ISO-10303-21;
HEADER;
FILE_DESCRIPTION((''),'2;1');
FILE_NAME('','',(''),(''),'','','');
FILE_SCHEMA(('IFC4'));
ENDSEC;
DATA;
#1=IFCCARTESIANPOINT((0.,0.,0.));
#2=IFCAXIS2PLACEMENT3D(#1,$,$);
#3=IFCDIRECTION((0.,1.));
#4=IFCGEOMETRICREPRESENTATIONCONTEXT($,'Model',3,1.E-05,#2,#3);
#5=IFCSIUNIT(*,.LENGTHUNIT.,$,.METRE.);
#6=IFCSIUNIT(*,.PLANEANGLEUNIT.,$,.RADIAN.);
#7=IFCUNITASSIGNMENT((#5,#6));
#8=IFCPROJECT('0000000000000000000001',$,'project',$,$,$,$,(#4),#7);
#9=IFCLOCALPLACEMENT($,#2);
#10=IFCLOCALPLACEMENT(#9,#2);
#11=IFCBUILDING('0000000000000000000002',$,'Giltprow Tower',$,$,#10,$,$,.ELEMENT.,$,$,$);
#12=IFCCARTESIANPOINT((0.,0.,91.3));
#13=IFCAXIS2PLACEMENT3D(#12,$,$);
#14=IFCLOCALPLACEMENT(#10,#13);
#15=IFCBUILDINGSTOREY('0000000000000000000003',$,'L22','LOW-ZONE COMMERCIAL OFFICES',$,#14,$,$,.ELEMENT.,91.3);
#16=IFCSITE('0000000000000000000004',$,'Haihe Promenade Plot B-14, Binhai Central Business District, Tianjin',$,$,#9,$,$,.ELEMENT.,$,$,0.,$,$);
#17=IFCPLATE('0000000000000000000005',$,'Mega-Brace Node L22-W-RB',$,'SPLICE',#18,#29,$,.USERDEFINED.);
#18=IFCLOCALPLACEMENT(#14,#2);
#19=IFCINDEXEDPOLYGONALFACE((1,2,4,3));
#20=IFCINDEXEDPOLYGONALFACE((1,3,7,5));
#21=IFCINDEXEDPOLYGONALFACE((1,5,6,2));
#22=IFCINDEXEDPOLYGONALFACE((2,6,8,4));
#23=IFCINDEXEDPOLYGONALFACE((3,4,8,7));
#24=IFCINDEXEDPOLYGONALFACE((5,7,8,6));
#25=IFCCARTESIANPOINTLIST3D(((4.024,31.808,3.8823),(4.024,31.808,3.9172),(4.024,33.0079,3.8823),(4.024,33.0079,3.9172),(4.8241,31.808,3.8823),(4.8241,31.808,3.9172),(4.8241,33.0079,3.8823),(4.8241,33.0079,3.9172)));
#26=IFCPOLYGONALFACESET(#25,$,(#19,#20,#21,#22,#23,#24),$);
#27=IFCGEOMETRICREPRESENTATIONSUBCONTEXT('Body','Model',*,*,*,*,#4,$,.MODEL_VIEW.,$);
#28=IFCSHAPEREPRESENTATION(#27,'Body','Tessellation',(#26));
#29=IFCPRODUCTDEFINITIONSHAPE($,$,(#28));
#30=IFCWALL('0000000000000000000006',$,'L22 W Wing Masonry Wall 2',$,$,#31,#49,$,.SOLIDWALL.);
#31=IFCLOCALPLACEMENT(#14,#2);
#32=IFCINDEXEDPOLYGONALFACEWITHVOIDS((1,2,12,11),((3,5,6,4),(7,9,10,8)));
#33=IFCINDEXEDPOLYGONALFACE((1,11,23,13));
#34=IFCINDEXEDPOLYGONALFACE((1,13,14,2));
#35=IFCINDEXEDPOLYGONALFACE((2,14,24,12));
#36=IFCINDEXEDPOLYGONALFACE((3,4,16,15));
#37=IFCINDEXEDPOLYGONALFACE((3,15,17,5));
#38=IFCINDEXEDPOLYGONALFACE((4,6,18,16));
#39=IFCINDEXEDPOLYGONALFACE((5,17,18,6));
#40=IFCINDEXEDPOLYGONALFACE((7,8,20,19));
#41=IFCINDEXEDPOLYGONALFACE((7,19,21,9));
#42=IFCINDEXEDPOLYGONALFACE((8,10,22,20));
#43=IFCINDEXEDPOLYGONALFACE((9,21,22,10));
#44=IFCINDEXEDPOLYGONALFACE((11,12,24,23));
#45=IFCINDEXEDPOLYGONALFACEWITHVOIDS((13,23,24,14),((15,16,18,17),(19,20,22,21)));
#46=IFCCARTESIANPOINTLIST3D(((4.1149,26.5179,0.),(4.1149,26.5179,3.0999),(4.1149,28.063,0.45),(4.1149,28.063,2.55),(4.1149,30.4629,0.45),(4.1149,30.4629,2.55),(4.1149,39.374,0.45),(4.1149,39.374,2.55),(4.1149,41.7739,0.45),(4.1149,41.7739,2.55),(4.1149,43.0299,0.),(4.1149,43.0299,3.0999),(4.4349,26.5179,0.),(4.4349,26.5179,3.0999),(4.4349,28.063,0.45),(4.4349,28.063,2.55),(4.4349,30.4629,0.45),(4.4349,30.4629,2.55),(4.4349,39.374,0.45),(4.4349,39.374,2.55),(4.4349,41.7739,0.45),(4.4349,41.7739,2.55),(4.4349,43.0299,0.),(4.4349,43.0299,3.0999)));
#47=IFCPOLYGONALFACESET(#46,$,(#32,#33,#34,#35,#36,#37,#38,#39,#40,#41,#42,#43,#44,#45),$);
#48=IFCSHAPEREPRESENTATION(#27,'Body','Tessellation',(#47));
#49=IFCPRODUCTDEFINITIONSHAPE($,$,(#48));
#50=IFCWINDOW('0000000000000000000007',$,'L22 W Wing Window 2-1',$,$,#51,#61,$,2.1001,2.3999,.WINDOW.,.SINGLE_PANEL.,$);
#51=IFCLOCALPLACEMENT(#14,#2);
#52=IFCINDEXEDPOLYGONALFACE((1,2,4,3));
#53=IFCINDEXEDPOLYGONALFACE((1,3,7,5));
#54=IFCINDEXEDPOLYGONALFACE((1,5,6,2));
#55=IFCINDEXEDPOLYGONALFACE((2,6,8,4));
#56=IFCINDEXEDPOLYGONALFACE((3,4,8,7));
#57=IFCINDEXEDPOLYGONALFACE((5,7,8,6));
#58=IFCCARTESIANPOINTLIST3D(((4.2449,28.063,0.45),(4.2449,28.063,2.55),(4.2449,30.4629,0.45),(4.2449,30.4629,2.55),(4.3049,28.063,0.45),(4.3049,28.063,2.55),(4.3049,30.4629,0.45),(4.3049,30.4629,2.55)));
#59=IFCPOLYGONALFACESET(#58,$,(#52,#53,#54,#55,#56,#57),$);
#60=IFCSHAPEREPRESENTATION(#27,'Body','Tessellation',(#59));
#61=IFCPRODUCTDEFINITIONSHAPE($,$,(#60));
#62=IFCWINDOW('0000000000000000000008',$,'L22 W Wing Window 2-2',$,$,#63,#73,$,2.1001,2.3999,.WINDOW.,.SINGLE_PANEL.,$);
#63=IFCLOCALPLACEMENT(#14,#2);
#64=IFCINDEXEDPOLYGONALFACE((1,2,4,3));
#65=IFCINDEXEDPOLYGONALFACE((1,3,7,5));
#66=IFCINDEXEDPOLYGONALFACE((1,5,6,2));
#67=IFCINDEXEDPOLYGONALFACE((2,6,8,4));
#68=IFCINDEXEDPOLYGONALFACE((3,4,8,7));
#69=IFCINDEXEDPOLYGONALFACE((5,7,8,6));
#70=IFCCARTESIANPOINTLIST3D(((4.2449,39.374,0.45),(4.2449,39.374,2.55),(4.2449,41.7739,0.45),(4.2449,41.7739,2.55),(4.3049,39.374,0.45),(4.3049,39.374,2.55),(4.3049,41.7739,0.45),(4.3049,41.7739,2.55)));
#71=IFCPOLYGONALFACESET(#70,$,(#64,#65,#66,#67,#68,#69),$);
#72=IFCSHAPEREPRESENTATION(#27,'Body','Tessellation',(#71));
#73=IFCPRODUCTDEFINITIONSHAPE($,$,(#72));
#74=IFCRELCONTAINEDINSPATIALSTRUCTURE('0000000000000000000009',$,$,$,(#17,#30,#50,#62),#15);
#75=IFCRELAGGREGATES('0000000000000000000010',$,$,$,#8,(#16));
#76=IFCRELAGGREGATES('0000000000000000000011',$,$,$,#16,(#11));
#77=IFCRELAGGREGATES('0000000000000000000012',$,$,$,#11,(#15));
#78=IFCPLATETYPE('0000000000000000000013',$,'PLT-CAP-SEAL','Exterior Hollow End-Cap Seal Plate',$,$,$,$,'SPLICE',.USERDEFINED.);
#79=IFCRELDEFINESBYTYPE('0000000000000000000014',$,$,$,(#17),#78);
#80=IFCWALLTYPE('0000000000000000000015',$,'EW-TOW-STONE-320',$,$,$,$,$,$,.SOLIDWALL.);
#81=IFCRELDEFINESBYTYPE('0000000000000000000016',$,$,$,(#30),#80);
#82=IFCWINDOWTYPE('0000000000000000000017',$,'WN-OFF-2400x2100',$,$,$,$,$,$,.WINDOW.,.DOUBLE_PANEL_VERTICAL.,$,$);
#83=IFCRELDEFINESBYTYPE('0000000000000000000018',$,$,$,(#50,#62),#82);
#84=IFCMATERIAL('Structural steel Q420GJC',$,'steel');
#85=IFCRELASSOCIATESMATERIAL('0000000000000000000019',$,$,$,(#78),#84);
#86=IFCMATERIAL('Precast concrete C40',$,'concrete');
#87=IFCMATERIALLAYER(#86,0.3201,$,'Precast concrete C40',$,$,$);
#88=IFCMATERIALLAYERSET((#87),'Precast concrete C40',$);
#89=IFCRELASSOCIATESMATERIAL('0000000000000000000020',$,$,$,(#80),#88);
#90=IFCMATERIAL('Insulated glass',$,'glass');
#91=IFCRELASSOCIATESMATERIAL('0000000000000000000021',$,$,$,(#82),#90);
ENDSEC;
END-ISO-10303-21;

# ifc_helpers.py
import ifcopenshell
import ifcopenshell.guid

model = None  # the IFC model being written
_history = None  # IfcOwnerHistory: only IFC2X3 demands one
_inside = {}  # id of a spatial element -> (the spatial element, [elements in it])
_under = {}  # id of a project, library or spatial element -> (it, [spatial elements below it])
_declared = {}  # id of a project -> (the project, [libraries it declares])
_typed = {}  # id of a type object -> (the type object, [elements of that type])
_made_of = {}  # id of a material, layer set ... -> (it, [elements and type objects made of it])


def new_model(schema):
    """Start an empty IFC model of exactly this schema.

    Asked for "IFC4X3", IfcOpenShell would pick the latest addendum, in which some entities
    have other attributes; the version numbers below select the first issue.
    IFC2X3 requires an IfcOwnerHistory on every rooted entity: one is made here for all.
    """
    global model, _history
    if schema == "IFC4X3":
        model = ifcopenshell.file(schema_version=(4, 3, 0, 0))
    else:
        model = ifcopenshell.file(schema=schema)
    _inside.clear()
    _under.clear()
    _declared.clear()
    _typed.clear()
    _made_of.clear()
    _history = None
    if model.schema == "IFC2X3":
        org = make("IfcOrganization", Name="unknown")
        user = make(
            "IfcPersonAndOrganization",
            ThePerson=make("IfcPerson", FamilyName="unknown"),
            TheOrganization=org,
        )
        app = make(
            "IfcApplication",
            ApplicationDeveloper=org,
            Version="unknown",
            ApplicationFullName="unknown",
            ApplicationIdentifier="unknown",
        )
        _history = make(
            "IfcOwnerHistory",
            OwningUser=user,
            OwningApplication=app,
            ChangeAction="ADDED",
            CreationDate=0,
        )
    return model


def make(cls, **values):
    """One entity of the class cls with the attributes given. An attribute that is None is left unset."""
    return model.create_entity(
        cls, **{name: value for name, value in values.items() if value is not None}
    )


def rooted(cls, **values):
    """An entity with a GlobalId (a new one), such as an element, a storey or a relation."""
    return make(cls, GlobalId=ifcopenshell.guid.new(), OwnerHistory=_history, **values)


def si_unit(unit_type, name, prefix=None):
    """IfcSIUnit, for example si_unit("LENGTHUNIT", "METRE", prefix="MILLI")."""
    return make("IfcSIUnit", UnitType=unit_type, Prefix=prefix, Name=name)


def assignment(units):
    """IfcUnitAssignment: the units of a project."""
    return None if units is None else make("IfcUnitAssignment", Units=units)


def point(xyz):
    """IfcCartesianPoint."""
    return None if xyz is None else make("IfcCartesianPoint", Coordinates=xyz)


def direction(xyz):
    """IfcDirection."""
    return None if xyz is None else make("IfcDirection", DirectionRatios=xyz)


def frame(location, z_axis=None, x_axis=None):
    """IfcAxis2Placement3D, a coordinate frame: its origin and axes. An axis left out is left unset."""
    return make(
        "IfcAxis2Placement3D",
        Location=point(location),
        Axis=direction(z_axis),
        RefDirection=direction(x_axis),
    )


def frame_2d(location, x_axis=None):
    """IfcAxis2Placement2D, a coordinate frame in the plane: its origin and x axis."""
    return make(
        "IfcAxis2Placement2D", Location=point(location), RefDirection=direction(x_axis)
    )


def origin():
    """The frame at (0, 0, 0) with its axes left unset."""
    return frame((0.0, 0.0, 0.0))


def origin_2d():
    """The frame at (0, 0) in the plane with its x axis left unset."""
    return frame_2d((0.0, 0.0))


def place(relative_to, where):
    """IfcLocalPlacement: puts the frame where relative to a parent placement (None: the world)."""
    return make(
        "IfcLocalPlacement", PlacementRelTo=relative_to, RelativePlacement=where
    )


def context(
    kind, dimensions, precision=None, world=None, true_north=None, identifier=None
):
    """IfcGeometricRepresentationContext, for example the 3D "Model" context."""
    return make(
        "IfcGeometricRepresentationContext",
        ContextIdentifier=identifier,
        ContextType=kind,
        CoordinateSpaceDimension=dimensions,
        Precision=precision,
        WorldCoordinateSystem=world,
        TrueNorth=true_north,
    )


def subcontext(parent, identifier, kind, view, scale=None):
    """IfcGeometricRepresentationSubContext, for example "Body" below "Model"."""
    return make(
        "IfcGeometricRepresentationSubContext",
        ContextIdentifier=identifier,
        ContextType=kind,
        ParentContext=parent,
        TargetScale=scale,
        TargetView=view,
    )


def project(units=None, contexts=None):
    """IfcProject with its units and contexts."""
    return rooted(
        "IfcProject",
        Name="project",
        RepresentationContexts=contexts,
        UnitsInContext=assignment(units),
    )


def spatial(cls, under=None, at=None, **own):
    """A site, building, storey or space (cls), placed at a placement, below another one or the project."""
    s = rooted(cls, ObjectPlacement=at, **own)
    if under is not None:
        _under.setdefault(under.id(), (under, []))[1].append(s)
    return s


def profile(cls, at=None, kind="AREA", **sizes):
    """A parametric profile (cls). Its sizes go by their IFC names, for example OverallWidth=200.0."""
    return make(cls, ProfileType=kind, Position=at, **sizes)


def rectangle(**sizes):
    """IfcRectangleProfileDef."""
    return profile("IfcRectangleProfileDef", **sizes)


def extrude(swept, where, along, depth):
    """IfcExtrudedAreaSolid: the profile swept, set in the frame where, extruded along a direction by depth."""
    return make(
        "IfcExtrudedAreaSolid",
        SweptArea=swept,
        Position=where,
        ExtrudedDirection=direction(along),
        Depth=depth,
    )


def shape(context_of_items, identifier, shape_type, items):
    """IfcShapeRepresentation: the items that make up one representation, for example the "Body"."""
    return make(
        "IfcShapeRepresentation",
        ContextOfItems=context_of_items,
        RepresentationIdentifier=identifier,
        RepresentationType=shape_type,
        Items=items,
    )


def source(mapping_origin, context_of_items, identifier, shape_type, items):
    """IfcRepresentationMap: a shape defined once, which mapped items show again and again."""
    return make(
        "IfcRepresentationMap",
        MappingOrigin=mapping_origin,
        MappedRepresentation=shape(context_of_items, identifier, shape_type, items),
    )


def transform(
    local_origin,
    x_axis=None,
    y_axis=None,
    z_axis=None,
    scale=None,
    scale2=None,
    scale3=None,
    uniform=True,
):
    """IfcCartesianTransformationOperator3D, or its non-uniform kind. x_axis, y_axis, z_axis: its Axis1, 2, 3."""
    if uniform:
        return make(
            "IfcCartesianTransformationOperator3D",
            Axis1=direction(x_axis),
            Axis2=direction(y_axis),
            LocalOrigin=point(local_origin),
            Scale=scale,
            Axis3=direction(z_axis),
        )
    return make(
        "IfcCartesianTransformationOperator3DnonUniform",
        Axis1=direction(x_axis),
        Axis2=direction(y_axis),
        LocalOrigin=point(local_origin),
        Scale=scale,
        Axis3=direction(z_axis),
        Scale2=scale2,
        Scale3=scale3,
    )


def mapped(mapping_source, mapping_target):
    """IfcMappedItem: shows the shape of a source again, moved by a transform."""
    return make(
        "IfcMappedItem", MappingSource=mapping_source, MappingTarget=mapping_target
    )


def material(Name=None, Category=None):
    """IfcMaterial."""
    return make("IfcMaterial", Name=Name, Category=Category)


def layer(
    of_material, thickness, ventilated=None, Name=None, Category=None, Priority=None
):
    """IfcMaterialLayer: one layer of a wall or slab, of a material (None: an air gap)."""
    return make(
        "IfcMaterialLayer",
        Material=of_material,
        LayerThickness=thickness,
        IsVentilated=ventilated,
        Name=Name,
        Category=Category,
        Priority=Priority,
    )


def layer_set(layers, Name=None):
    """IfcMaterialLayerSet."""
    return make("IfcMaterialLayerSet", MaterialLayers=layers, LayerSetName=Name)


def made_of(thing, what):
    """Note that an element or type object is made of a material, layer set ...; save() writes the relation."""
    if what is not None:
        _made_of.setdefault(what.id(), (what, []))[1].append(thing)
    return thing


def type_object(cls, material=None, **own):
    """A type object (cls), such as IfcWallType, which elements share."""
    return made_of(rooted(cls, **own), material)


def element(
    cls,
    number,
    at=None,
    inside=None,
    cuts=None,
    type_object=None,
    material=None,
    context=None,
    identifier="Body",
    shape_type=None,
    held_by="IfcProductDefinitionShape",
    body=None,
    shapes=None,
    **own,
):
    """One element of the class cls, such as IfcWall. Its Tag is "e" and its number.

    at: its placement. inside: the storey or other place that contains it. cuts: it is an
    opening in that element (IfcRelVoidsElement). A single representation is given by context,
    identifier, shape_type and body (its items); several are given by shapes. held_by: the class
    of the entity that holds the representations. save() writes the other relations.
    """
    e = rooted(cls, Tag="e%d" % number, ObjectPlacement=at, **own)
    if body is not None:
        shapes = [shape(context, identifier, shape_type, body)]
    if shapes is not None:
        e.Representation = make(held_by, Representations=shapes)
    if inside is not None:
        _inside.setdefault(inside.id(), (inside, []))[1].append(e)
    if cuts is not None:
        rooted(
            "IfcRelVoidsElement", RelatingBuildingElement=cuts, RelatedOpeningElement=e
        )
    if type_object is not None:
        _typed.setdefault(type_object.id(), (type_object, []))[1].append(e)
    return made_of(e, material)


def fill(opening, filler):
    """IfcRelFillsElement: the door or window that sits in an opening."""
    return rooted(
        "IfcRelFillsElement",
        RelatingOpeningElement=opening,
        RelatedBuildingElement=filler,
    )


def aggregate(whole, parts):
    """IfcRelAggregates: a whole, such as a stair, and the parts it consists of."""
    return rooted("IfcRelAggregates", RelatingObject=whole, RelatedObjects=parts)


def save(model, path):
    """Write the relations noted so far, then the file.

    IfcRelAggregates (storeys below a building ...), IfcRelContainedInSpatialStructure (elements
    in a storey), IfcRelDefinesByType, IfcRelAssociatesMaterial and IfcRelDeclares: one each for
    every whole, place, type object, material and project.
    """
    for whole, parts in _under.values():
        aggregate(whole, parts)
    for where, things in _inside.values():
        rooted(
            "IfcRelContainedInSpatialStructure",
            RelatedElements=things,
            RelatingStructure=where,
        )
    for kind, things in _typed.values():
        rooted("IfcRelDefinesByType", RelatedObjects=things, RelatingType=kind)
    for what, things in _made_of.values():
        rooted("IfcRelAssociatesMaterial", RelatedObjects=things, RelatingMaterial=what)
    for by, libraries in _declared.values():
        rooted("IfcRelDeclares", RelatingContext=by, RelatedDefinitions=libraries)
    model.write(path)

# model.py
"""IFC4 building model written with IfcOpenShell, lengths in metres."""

from ifc_helpers import new_model, si_unit, direction, frame, frame_2d, origin, origin_2d, place, context, subcontext, project, spatial, rectangle, extrude, source, transform, mapped, material, layer, layer_set, type_object, element, fill, save


model = new_model("IFC4")

# Units and contexts
model_context = context("Model", 3, precision=1e-05, world=origin(), true_north=direction((0.0, 1.0)))
body_context = subcontext(model_context, "Body", "Model", "MODEL_VIEW")
ifc_project = project(units=[si_unit("LENGTHUNIT", "METRE"), si_unit("PLANEANGLEUNIT", "RADIAN")], contexts=[model_context])

# Site, building, storey
site_placement = place(None, origin())
site = spatial("IfcSite", under=ifc_project, at=site_placement, Name="Haihe Promenade Plot B-14, Binhai Central Business District, Tianjin", CompositionType="ELEMENT", RefElevation=0.0)
building_placement = place(site_placement, origin())
building = spatial("IfcBuilding", under=site, at=building_placement, Name="Giltprow Tower", CompositionType="ELEMENT")
storey_placement = place(building_placement, frame((0.0, 0.0, 91.3)))
storey = spatial("IfcBuildingStorey", under=building, at=storey_placement, Name="L22", Description="LOW-ZONE COMMERCIAL OFFICES", CompositionType="ELEMENT", Elevation=91.3)

# Shared definitions
ifc_material_1 = material(Name="Structural steel Q420GJC", Category="steel")

# Plate
plate_type = type_object("IfcPlateType", Name="PLT-CAP-SEAL", Description="Exterior Hollow End-Cap Seal Plate", ElementType="SPLICE", PredefinedType="USERDEFINED", material=ifc_material_1)
shared_shape_1 = source(origin(), body_context, "Body", "SweptSolid", [
    extrude(rectangle(XDim=1.2, YDim=0.8, at=origin_2d()), origin(), (0.0, 0.0, 1.0), 0.0349),
])
plate_placement = place(storey_placement, frame((4.4241, 32.408, 3.8823), z_axis=(0.0, 0.0, 1.0), x_axis=(0.0, 1.0, 0.0)))
element("IfcPlate", 1, at=plate_placement, inside=storey, type_object=plate_type, Name="Mega-Brace Node L22-W-RB", ObjectType="SPLICE", PredefinedType="USERDEFINED", context=body_context, shape_type="MappedRepresentation", body=[
    mapped(shared_shape_1, transform((0.0, 0.0, 0.0), x_axis=(1.0, 0.0, 0.0), y_axis=(0.0, 1.0, 0.0), z_axis=(0.0, 0.0, 1.0), scale=1.0)),
])

# Wall, openings, windows
ifc_material_2 = material(Name="Precast concrete C40", Category="concrete")
ifc_layer_1 = layer(ifc_material_2, 0.3201, Name="Precast concrete C40")
ifc_layer_set_1 = layer_set([ifc_layer_1], Name="Precast concrete C40")
wall_type_1 = type_object("IfcWallType", Name="EW-TOW-STONE-320", PredefinedType="SOLIDWALL", material=ifc_layer_set_1)
wall_1_placement = place(storey_placement, frame((4.2749, 26.5181, 0.0), z_axis=(0.0, 0.0, 1.0), x_axis=(0.0, 1.0, 0.0)))
wall_1 = element("IfcWall", 2, at=wall_1_placement, inside=storey, type_object=wall_type_1, Name="L22 W Wing Masonry Wall 2", PredefinedType="SOLIDWALL", context=body_context, shape_type="SweptSolid", body=[
    extrude(rectangle(XDim=16.512, YDim=0.3201, at=frame_2d((8.2559, 0.0))), origin(), (0.0, 0.0, 1.0), 3.0999),
])
opening_1_placement = place(wall_1_placement, frame((1.5449, 0.0, 0.45)))
opening_1 = element("IfcOpeningElement", 3, at=opening_1_placement, cuts=wall_1, PredefinedType="OPENING", context=body_context, shape_type="SweptSolid", body=[
    extrude(rectangle(XDim=2.3999, YDim=2.1001, at=frame_2d((1.2, 1.05))), frame((0.0, 0.1699, 0.0), z_axis=(0.0, -1.0, 0.0), x_axis=(1.0, 0.0, 0.0)), (0.0, 0.0, 1.0), 0.3401),
])
opening_2_placement = place(wall_1_placement, frame((12.856, 0.0, 0.45)))
opening_2 = element("IfcOpeningElement", 4, at=opening_2_placement, cuts=wall_1, PredefinedType="OPENING", context=body_context, shape_type="SweptSolid", body=[
    extrude(rectangle(XDim=2.3999, YDim=2.1001, at=frame_2d((1.2, 1.05))), frame((0.0, 0.1699, 0.0), z_axis=(0.0, -1.0, 0.0), x_axis=(1.0, 0.0, 0.0)), (0.0, 0.0, 1.0), 0.3401),
])
ifc_material_3 = material(Name="Insulated glass", Category="glass")
window_type = type_object("IfcWindowType", Name="WN-OFF-2400x2100", PartitioningType="DOUBLE_PANEL_VERTICAL", PredefinedType="WINDOW", material=ifc_material_3)
shared_shape_2 = source(origin(), body_context, "Body", "SweptSolid", [
    extrude(rectangle(XDim=2.3999, YDim=2.1001, at=frame_2d((1.2, 1.05))), frame((0.0, 0.03, 0.0), z_axis=(0.0, -1.0, 0.0), x_axis=(1.0, 0.0, 0.0)), (0.0, 0.0, 1.0), 0.0601),
])
window_1_placement = place(opening_1_placement, origin())
window_1 = element("IfcWindow", 5, at=window_1_placement, inside=storey, type_object=window_type, Name="L22 W Wing Window 2-1", OverallHeight=2.1001, OverallWidth=2.3999, PartitioningType="SINGLE_PANEL", PredefinedType="WINDOW", context=body_context, shape_type="MappedRepresentation", body=[
    mapped(shared_shape_2, transform((0.0, 0.0, 0.0), x_axis=(1.0, 0.0, 0.0), y_axis=(0.0, 1.0, 0.0), z_axis=(0.0, 0.0, 1.0), scale=1.0)),
])
fill(opening_1, window_1)
window_2_placement = place(opening_2_placement, origin())
window_2 = element("IfcWindow", 6, at=window_2_placement, inside=storey, type_object=window_type, Name="L22 W Wing Window 2-2", OverallHeight=2.1001, OverallWidth=2.3999, PartitioningType="SINGLE_PANEL", PredefinedType="WINDOW", context=body_context, shape_type="MappedRepresentation", body=[
    mapped(shared_shape_2, transform((0.0, 0.0, 0.0), x_axis=(1.0, 0.0, 0.0), y_axis=(0.0, 1.0, 0.0), z_axis=(0.0, 0.0, 1.0), scale=1.0)),
])
fill(opening_2, window_2)

save(model, "model.ifc")
